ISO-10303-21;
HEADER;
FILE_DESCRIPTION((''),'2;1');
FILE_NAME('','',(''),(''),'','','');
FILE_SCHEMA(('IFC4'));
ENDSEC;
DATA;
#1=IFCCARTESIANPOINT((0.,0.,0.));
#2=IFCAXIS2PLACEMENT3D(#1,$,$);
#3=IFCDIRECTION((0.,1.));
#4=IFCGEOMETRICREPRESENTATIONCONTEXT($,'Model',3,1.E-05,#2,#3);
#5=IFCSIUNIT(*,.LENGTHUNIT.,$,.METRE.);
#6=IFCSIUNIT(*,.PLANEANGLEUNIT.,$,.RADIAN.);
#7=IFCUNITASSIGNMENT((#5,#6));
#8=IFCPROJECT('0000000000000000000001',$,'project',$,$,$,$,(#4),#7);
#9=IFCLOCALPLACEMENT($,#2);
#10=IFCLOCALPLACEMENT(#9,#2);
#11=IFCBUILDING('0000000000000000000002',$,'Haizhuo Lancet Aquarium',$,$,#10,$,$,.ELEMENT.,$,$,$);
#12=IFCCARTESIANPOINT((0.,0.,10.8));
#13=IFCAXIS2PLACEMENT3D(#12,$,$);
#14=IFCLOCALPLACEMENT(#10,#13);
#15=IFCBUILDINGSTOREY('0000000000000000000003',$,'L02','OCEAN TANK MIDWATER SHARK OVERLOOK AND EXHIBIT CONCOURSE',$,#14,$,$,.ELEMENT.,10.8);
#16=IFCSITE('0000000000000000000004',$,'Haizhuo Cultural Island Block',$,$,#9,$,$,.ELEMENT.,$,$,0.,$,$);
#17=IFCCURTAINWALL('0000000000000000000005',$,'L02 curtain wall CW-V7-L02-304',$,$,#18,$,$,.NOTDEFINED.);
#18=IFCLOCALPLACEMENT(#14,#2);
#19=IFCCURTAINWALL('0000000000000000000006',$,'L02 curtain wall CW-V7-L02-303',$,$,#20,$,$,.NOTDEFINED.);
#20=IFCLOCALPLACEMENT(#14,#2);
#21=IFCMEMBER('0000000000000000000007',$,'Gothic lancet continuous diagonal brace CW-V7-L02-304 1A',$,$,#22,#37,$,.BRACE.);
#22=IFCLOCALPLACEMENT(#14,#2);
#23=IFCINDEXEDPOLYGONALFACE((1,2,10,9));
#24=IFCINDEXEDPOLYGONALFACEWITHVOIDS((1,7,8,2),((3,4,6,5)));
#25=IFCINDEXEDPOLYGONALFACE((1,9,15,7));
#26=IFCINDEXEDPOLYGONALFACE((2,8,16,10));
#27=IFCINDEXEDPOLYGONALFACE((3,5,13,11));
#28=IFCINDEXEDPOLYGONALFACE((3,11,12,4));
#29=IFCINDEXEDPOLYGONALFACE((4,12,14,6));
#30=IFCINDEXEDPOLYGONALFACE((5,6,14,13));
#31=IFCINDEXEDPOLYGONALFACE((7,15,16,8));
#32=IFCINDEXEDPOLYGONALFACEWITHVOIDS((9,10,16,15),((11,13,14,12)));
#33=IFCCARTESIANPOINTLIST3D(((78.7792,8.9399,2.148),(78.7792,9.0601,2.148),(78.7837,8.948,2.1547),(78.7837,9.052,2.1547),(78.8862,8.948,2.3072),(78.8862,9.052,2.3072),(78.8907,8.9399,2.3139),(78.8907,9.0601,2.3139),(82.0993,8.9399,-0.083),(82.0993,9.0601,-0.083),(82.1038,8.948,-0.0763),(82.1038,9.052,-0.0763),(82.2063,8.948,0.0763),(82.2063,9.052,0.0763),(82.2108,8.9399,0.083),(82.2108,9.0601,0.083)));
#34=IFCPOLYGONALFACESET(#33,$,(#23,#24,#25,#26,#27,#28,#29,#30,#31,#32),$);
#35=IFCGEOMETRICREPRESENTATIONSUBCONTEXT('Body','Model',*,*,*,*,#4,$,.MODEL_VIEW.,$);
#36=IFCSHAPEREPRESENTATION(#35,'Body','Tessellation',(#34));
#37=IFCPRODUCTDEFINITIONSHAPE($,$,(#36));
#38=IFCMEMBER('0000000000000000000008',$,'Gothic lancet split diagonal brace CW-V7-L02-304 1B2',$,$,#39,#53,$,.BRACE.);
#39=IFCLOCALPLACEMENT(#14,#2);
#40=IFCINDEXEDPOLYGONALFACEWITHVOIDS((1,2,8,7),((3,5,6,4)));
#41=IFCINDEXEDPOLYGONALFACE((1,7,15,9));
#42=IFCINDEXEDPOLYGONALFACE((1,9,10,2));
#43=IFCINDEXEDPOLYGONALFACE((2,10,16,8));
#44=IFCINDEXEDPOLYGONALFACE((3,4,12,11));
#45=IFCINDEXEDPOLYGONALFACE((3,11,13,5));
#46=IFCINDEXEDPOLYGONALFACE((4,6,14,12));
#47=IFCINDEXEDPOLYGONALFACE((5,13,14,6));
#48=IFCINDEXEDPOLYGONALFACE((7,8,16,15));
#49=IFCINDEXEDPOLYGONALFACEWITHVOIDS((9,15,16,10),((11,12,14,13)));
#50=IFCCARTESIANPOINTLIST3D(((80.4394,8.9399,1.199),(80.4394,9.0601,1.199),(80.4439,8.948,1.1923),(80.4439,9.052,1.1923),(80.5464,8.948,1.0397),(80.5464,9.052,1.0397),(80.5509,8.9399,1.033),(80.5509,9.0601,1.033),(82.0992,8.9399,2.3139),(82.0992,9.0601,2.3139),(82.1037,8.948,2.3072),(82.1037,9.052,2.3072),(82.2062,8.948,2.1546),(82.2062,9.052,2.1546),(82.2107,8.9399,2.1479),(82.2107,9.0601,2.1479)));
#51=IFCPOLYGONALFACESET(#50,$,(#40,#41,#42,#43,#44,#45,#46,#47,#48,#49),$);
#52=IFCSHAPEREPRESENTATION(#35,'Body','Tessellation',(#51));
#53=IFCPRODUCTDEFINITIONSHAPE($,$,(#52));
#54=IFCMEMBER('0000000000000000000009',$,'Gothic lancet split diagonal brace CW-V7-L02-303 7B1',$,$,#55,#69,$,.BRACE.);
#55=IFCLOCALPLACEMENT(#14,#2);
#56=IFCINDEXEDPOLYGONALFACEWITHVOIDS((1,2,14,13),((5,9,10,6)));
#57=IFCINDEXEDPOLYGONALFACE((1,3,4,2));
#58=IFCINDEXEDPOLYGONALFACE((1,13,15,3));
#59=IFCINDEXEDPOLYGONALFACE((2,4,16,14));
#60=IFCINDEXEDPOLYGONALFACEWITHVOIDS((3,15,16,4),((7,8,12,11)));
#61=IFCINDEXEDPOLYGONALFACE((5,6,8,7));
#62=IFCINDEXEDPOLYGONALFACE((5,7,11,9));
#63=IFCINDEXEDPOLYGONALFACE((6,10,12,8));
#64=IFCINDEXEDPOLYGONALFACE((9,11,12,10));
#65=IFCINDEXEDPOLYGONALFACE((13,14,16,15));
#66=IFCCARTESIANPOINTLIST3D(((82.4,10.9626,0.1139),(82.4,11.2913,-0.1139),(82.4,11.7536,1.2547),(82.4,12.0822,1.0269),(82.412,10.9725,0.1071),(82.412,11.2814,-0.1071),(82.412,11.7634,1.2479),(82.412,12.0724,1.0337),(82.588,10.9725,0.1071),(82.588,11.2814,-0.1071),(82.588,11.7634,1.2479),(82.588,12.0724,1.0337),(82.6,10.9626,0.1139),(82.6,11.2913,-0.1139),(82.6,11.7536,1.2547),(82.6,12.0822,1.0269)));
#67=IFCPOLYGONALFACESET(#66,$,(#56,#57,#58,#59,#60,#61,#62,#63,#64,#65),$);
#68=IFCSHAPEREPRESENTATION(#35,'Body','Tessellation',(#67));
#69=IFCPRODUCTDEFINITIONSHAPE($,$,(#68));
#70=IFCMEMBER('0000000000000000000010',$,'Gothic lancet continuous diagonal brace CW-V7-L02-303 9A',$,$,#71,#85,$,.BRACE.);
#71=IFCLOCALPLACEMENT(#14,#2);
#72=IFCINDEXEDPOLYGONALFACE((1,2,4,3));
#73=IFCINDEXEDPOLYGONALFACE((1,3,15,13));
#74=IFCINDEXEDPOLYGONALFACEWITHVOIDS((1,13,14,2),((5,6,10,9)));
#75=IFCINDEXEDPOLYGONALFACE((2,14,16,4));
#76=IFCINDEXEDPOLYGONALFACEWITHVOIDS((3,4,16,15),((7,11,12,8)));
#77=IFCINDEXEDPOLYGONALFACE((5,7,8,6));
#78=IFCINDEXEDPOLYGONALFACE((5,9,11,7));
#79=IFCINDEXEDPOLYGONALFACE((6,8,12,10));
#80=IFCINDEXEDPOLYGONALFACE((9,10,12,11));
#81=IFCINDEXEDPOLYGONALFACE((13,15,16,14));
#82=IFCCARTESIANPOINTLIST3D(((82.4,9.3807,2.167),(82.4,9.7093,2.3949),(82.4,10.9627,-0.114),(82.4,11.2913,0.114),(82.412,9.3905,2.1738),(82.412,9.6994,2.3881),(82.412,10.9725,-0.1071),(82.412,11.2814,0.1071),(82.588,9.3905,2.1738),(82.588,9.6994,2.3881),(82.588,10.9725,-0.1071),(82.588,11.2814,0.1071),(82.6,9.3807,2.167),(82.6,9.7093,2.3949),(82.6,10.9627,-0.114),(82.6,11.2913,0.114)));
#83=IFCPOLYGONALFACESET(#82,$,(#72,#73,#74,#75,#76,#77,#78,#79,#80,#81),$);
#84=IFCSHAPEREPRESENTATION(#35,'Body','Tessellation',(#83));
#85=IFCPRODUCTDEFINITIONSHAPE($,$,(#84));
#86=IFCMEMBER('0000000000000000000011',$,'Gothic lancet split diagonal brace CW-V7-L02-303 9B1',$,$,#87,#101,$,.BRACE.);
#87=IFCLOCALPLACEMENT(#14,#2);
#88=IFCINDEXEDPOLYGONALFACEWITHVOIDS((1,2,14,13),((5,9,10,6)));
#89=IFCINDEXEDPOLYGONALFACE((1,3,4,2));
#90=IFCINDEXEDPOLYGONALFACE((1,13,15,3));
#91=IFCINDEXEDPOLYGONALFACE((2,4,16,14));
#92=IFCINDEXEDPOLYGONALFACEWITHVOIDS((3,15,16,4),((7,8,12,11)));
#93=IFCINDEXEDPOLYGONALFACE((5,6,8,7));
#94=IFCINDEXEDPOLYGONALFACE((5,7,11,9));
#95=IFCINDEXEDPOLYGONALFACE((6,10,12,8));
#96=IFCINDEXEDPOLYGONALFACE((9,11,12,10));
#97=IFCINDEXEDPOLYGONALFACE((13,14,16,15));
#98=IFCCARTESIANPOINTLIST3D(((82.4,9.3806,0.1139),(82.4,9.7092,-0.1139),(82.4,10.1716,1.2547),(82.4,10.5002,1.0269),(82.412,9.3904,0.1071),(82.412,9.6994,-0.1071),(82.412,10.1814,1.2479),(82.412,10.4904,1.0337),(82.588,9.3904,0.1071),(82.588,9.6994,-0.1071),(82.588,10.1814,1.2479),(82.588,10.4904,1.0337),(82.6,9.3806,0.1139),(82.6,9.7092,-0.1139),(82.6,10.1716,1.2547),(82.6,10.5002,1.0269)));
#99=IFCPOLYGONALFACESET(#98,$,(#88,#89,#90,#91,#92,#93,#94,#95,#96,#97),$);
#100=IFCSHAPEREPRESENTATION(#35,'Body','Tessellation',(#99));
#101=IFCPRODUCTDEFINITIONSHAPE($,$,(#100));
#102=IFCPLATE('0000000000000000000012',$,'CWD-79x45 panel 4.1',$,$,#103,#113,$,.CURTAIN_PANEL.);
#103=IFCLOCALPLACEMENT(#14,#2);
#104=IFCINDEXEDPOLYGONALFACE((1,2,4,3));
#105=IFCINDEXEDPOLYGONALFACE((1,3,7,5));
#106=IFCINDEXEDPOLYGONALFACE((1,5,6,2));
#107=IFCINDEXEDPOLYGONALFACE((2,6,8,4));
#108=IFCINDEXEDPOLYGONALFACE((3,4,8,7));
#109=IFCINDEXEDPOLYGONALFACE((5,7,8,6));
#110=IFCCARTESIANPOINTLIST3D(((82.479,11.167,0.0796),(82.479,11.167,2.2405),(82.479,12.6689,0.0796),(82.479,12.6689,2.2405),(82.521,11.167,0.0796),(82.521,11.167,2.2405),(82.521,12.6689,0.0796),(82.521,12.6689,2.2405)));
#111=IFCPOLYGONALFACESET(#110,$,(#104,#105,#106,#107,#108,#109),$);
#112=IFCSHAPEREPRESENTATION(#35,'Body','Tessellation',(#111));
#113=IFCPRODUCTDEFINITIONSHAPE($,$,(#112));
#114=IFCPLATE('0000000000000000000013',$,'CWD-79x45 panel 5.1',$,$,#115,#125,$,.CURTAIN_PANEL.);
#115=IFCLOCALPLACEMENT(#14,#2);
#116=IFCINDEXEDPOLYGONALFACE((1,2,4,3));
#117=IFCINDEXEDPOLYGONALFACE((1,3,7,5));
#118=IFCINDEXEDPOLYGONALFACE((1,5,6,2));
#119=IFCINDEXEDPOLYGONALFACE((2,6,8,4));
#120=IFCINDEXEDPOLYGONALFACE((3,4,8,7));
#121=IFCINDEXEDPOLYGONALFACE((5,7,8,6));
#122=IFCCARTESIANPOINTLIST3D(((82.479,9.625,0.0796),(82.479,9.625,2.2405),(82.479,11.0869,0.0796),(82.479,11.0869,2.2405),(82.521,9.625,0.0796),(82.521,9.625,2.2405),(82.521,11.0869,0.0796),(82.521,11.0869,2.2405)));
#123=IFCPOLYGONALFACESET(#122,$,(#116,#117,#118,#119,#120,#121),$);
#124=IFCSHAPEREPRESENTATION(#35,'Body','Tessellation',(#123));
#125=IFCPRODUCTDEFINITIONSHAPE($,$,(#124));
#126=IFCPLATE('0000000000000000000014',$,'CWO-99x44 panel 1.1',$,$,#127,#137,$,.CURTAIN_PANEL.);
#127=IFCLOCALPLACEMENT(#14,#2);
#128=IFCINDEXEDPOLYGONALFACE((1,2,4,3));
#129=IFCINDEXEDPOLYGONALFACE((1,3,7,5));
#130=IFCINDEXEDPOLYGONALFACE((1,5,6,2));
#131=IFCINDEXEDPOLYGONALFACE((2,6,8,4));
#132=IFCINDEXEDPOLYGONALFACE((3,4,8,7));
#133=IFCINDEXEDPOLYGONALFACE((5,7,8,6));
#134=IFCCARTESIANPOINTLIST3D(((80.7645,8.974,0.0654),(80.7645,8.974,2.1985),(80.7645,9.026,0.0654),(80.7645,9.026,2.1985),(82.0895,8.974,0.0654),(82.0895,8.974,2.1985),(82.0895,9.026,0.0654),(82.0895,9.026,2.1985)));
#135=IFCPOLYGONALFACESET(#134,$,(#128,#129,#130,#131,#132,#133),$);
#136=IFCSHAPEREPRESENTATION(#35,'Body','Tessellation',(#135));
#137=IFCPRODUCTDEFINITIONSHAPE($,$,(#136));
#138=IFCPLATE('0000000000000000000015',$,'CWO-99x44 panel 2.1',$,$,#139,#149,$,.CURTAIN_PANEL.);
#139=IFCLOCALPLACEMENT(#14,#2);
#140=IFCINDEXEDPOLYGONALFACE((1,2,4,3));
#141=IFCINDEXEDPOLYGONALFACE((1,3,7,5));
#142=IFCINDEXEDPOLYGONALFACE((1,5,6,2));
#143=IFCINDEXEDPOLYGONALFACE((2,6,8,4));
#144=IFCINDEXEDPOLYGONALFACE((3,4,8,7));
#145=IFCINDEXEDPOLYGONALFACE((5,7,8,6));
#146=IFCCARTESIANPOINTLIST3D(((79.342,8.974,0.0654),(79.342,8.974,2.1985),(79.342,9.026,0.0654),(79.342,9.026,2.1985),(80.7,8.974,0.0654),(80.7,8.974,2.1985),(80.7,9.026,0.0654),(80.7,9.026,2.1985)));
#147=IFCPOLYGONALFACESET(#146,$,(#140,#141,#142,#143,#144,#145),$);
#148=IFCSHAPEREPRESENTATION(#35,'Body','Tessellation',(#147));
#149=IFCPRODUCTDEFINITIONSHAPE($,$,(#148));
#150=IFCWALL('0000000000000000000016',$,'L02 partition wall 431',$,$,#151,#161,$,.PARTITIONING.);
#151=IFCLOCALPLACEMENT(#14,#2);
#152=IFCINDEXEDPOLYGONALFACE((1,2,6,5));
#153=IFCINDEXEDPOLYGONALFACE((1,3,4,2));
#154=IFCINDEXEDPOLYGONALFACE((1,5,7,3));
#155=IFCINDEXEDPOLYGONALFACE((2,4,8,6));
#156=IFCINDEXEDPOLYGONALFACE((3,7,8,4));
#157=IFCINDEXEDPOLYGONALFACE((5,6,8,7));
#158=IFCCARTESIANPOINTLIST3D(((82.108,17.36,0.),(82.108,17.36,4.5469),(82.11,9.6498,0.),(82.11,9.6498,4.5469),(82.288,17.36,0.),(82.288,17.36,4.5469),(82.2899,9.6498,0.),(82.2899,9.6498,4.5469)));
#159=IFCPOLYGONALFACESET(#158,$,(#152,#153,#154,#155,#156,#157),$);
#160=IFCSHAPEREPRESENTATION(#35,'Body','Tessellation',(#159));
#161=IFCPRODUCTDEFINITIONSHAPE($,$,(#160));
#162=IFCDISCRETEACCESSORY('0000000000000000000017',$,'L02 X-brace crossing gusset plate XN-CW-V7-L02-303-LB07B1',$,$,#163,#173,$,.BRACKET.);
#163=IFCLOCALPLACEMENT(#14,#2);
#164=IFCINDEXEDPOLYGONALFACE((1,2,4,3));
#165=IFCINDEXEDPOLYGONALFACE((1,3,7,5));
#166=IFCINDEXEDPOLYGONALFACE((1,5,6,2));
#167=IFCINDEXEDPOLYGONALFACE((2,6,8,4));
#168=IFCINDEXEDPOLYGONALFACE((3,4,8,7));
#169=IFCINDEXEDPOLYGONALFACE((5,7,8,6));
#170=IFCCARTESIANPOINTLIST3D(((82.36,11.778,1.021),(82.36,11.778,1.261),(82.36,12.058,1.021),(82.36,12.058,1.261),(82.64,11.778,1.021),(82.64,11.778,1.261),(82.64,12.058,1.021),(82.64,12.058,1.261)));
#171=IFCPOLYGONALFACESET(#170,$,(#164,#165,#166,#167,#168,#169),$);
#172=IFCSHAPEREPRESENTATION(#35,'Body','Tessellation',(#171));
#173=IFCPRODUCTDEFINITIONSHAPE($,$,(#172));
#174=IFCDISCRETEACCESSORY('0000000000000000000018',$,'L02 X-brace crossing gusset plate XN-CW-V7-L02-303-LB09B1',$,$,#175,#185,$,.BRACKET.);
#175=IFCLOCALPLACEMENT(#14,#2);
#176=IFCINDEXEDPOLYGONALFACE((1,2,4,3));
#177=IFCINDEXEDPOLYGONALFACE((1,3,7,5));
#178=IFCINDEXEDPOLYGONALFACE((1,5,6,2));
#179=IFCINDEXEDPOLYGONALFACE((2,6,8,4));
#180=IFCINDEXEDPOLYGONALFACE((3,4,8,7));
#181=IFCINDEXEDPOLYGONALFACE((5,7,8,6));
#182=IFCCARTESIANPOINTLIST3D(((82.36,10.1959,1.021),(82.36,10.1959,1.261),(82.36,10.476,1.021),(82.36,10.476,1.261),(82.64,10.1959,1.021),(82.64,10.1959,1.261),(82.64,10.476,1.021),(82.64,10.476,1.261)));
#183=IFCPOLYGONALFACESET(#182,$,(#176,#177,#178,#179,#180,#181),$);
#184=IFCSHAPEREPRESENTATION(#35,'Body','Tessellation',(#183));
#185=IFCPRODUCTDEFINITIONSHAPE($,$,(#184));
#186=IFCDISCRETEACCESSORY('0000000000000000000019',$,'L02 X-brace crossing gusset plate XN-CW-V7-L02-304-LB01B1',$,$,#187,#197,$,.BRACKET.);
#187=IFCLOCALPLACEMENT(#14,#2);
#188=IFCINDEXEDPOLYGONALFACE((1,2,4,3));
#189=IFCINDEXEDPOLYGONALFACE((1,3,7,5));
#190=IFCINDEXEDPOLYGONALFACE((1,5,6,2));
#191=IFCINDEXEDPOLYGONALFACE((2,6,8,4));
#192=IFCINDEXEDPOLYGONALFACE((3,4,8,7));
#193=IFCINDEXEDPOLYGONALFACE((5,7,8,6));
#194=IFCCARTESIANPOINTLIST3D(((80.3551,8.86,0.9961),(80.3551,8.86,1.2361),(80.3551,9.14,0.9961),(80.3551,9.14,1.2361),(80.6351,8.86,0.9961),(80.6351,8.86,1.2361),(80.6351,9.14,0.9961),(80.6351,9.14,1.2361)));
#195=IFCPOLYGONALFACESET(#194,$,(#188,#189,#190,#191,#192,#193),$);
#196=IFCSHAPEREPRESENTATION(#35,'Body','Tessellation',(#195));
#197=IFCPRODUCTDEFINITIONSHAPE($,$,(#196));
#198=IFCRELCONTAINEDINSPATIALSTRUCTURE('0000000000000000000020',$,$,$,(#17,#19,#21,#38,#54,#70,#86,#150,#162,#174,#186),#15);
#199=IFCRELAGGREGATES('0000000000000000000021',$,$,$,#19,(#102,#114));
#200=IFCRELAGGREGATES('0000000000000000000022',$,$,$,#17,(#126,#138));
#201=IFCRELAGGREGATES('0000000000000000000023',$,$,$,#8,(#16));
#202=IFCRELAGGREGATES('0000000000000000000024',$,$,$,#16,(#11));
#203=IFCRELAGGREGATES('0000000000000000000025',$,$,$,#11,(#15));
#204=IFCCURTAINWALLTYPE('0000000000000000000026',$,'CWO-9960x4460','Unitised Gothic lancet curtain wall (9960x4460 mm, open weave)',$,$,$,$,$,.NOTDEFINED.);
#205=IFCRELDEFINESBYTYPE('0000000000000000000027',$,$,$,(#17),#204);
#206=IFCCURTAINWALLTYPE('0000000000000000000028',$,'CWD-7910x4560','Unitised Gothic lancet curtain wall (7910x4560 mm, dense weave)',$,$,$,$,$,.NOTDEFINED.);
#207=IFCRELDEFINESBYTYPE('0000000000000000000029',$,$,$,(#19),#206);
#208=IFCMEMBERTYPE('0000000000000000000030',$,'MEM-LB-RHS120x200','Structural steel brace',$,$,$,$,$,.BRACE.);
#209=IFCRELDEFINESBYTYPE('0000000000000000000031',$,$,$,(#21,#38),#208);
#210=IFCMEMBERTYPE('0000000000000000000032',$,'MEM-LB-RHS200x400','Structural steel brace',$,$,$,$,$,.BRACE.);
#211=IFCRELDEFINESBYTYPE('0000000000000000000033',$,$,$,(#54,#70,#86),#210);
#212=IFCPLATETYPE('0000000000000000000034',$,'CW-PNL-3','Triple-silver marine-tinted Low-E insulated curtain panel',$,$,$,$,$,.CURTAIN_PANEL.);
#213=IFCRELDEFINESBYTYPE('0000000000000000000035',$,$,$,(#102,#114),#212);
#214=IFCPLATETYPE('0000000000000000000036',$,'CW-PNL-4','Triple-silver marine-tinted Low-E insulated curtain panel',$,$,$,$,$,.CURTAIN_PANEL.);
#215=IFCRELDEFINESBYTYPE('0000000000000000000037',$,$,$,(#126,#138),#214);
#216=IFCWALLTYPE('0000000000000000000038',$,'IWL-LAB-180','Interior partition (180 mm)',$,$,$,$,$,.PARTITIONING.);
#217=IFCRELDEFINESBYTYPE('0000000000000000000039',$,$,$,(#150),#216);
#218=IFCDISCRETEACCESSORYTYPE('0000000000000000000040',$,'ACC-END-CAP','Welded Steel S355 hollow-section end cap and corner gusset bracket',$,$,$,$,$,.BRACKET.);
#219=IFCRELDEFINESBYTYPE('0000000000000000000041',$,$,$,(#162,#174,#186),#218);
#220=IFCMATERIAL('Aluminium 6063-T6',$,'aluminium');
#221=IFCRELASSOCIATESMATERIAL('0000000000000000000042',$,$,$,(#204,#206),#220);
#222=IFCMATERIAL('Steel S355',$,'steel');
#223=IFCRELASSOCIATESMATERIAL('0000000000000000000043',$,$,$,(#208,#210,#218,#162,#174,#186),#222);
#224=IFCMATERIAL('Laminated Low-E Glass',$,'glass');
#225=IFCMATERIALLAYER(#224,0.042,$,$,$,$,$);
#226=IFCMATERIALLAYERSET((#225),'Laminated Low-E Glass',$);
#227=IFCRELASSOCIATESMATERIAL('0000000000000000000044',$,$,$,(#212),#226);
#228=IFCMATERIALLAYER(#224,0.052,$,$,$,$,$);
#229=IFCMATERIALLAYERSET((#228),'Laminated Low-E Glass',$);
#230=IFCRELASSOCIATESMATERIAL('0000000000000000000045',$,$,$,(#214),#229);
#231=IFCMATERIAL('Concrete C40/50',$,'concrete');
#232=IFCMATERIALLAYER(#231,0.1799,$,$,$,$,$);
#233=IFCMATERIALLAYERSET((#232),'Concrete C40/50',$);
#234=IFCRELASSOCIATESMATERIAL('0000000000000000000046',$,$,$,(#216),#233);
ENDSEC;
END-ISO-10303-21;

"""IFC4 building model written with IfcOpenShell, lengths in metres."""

from ifc_helpers import new_model, si_unit, direction, frame, frame_2d, origin, origin_2d, place, context, subcontext, project, spatial, rectangle, hollow_rectangle, extrude, material, layer, layer_set, material_profile, profile_set, type_object, element, aggregate, save


model = new_model("IFC4")

# Units and contexts
model_context = context("Model", 3, precision=1e-05, world=origin(), true_north=direction((0.0, 1.0)))
body_context = subcontext(model_context, "Body", "Model", "MODEL_VIEW")
ifc_project = project(units=[si_unit("LENGTHUNIT", "METRE"), si_unit("PLANEANGLEUNIT", "RADIAN")], contexts=[model_context])

# Site, building, storey
site_placement = place(None, origin())
site = spatial("IfcSite", under=ifc_project, at=site_placement, Name="Haizhuo Cultural Island Block", CompositionType="ELEMENT", RefElevation=0.0)
building_placement = place(site_placement, origin())
building = spatial("IfcBuilding", under=site, at=building_placement, Name="Haizhuo Lancet Aquarium", CompositionType="ELEMENT")
storey_placement = place(building_placement, frame((0.0, 0.0, 10.8)))
storey = spatial("IfcBuildingStorey", under=building, at=storey_placement, Name="L02", Description="OCEAN TANK MIDWATER SHARK OVERLOOK AND EXHIBIT CONCOURSE", CompositionType="ELEMENT", Elevation=10.8)

# Curtain walls
ifc_material_1 = material(Name="Aluminium 6063-T6", Category="aluminium")
curtain_wall_type_1 = type_object("IfcCurtainWallType", Name="CWO-9960x4460", Description="Unitised Gothic lancet curtain wall (9960x4460 mm, open weave)", PredefinedType="NOTDEFINED", material=ifc_material_1)
curtain_wall_1_placement = place(storey_placement, origin())
curtain_wall_1 = element("IfcCurtainWall", 1, at=curtain_wall_1_placement, inside=storey, type_object=curtain_wall_type_1, Name="L02 curtain wall CW-V7-L02-304", PredefinedType="NOTDEFINED")
curtain_wall_type_2 = type_object("IfcCurtainWallType", Name="CWD-7910x4560", Description="Unitised Gothic lancet curtain wall (7910x4560 mm, dense weave)", PredefinedType="NOTDEFINED", material=ifc_material_1)
curtain_wall_2_placement = place(storey_placement, origin())
curtain_wall_2 = element("IfcCurtainWall", 2, at=curtain_wall_2_placement, inside=storey, type_object=curtain_wall_type_2, Name="L02 curtain wall CW-V7-L02-303", PredefinedType="NOTDEFINED")

# Members
ifc_material_2 = material(Name="Steel S355", Category="steel")
ifc_material_profile_1 = material_profile(ifc_material_2, hollow_rectangle(XDim=0.1201, YDim=0.2, WallThickness=0.0081, at=origin_2d()), Name="RHS 120x200x8")
ifc_profile_set_1 = profile_set([ifc_material_profile_1], Name="Steel S355")
member_type_1 = type_object("IfcMemberType", Name="MEM-LB-RHS120x200", Description="Structural steel brace", PredefinedType="BRACE", material=ifc_profile_set_1)
member_1_placement = place(storey_placement, frame((82.155, 9.0, 0.0), z_axis=(-0.830016, 0.0, 0.557739), x_axis=(0.0, -1.0, 0.0)))
element("IfcMember", 3, at=member_1_placement, inside=storey, type_object=member_type_1, Name="Gothic lancet continuous diagonal brace CW-V7-L02-304 1A", PredefinedType="BRACE", context=body_context, shape_type="SweptSolid", body=[
    extrude(hollow_rectangle(XDim=0.1201, YDim=0.2, WallThickness=0.0081, at=origin_2d()), origin(), (0.0, 0.0, 1.0), 4.0),
])
member_2_placement = place(storey_placement, frame((80.4951, 9.0, 1.116), z_axis=(0.830111, 0.0, 0.557599), x_axis=(0.0, 1.0, 0.0)))
element("IfcMember", 4, at=member_2_placement, inside=storey, type_object=member_type_1, Name="Gothic lancet split diagonal brace CW-V7-L02-304 1B2", PredefinedType="BRACE", context=body_context, shape_type="SweptSolid", body=[
    extrude(hollow_rectangle(XDim=0.1201, YDim=0.2, WallThickness=0.0081, at=origin_2d()), origin(), (0.0, 0.0, 1.0), 1.9995),
])
ifc_material_profile_2 = material_profile(ifc_material_2, hollow_rectangle(XDim=0.2, YDim=0.3999, WallThickness=0.012, at=origin_2d()), Name="RHS 200x400x12")
ifc_profile_set_2 = profile_set([ifc_material_profile_2], Name="Steel S355")
member_type_2 = type_object("IfcMemberType", Name="MEM-LB-RHS200x400", Description="Structural steel brace", PredefinedType="BRACE", material=ifc_profile_set_2)
member_3_placement = place(storey_placement, frame((82.5, 11.127, 0.0), z_axis=(0.0, 0.569786, 0.821793), x_axis=(-1.0, 0.0, 0.0)))
element("IfcMember", 5, at=member_3_placement, inside=storey, type_object=member_type_2, Name="Gothic lancet split diagonal brace CW-V7-L02-303 7B1", PredefinedType="BRACE", context=body_context, shape_type="SweptSolid", body=[
    extrude(hollow_rectangle(XDim=0.2, YDim=0.3999, WallThickness=0.012, at=origin_2d()), origin(), (0.0, 0.0, 1.0), 1.3882),
])
member_4_placement = place(storey_placement, frame((82.5, 11.127, 0.0), z_axis=(0.0, -0.569909, 0.821707), x_axis=(1.0, 0.0, 0.0)))
element("IfcMember", 6, at=member_4_placement, inside=storey, type_object=member_type_2, Name="Gothic lancet continuous diagonal brace CW-V7-L02-303 9A", PredefinedType="BRACE", context=body_context, shape_type="SweptSolid", body=[
    extrude(hollow_rectangle(XDim=0.2, YDim=0.3999, WallThickness=0.012, at=origin_2d()), origin(), (0.0, 0.0, 1.0), 2.7759),
])
member_5_placement = place(storey_placement, frame((82.5, 9.5449, 0.0), z_axis=(0.0, 0.569786, 0.821793), x_axis=(-1.0, 0.0, 0.0)))
element("IfcMember", 7, at=member_5_placement, inside=storey, type_object=member_type_2, Name="Gothic lancet split diagonal brace CW-V7-L02-303 9B1", PredefinedType="BRACE", context=body_context, shape_type="SweptSolid", body=[
    extrude(hollow_rectangle(XDim=0.2, YDim=0.3999, WallThickness=0.012, at=origin_2d()), origin(), (0.0, 0.0, 1.0), 1.3882),
])

# Plates
ifc_material_3 = material(Name="Laminated Low-E Glass", Category="glass")
ifc_layer_1 = layer(ifc_material_3, 0.042)
ifc_layer_set_1 = layer_set([ifc_layer_1], Name="Laminated Low-E Glass")
plate_type_1 = type_object("IfcPlateType", Name="CW-PNL-3", Description="Triple-silver marine-tinted Low-E insulated curtain panel", PredefinedType="CURTAIN_PANEL", material=ifc_layer_set_1)
plate_1_placement = place(storey_placement, frame((82.5, 11.918, 0.0796), z_axis=(0.0, 0.0, 1.0), x_axis=(0.0, -1.0, 0.0)))
plate_1 = element("IfcPlate", 8, at=plate_1_placement, type_object=plate_type_1, Name="CWD-79x45 panel 4.1", PredefinedType="CURTAIN_PANEL", context=body_context, shape_type="SweptSolid", body=[
    extrude(rectangle(XDim=1.502, YDim=0.042, at=origin_2d()), origin(), (0.0, 0.0, 1.0), 2.1609),
])
plate_2_placement = place(storey_placement, frame((82.5, 10.356, 0.0796), z_axis=(0.0, 0.0, 1.0), x_axis=(0.0, -1.0, 0.0)))
plate_2 = element("IfcPlate", 9, at=plate_2_placement, type_object=plate_type_1, Name="CWD-79x45 panel 5.1", PredefinedType="CURTAIN_PANEL", context=body_context, shape_type="SweptSolid", body=[
    extrude(rectangle(XDim=1.4619, YDim=0.042, at=origin_2d()), origin(), (0.0, 0.0, 1.0), 2.1609),
])
aggregate(curtain_wall_2, [plate_1, plate_2])
ifc_layer_2 = layer(ifc_material_3, 0.052)
ifc_layer_set_2 = layer_set([ifc_layer_2], Name="Laminated Low-E Glass")
plate_type_2 = type_object("IfcPlateType", Name="CW-PNL-4", Description="Triple-silver marine-tinted Low-E insulated curtain panel", PredefinedType="CURTAIN_PANEL", material=ifc_layer_set_2)
plate_3_placement = place(storey_placement, frame((81.427, 9.0, 0.0654), z_axis=(0.0, 0.0, 1.0), x_axis=(-1.0, 0.0, 0.0)))
plate_3 = element("IfcPlate", 10, at=plate_3_placement, type_object=plate_type_2, Name="CWO-99x44 panel 1.1", PredefinedType="CURTAIN_PANEL", context=body_context, shape_type="SweptSolid", body=[
    extrude(rectangle(XDim=1.325, YDim=0.052, at=origin_2d()), origin(), (0.0, 0.0, 1.0), 2.1331),
])
plate_4_placement = place(storey_placement, frame((80.021, 9.0, 0.0654), z_axis=(0.0, 0.0, 1.0), x_axis=(-1.0, 0.0, 0.0)))
plate_4 = element("IfcPlate", 11, at=plate_4_placement, type_object=plate_type_2, Name="CWO-99x44 panel 2.1", PredefinedType="CURTAIN_PANEL", context=body_context, shape_type="SweptSolid", body=[
    extrude(rectangle(XDim=1.3579, YDim=0.052, at=origin_2d()), origin(), (0.0, 0.0, 1.0), 2.1331),
])
aggregate(curtain_wall_1, [plate_3, plate_4])

# Wall
ifc_material_4 = material(Name="Concrete C40/50", Category="concrete")
ifc_layer_3 = layer(ifc_material_4, 0.1799)
ifc_layer_set_3 = layer_set([ifc_layer_3], Name="Concrete C40/50")
wall_type = type_object("IfcWallType", Name="IWL-LAB-180", Description="Interior partition (180 mm)", PredefinedType="PARTITIONING", material=ifc_layer_set_3)
wall_placement = place(storey_placement, frame((82.2, 9.6499, 0.0), z_axis=(0.0, 0.0, 1.0), x_axis=(-0.000253, 1.0, 0.0)))
element("IfcWall", 12, at=wall_placement, inside=storey, type_object=wall_type, Name="L02 partition wall 431", PredefinedType="PARTITIONING", context=body_context, shape_type="SweptSolid", body=[
    extrude(rectangle(XDim=7.7102, YDim=0.1799, at=frame_2d((3.855, 0.0))), origin(), (0.0, 0.0, 1.0), 4.5469),
])

# Discrete accessories
discrete_accessory_type = type_object("IfcDiscreteAccessoryType", Name="ACC-END-CAP", Description="Welded Steel S355 hollow-section end cap and corner gusset bracket", PredefinedType="BRACKET", material=ifc_material_2)
for number, where, z_axis, x_axis, name in (
    (13, (82.5, 11.918, 1.021), (0.0, 0.0, 1.0), (1.0, 0.0, 0.0), "L02 X-brace crossing gusset plate XN-CW-V7-L02-303-LB07B1"),
    (14, (82.5, 10.3359, 1.021), (0.0, 0.0, 1.0), (1.0, 0.0, 0.0), "L02 X-brace crossing gusset plate XN-CW-V7-L02-303-LB09B1"),
    (15, (80.4951, 9.0, 0.9961), (0.0, 0.0, 1.0), (1.0, 0.0, 0.0), "L02 X-brace crossing gusset plate XN-CW-V7-L02-304-LB01B1"),
):
    element("IfcDiscreteAccessory", number, at=place(storey_placement, frame(where, z_axis=z_axis, x_axis=x_axis)), inside=storey, type_object=discrete_accessory_type, material=ifc_material_2, Name=name, PredefinedType="BRACKET", context=body_context, shape_type="SweptSolid", body=[
        extrude(rectangle(XDim=0.28, YDim=0.28, at=origin_2d()), origin(), (0.0, 0.0, 1.0), 0.24),
    ])

save(model, "model.ifc")
